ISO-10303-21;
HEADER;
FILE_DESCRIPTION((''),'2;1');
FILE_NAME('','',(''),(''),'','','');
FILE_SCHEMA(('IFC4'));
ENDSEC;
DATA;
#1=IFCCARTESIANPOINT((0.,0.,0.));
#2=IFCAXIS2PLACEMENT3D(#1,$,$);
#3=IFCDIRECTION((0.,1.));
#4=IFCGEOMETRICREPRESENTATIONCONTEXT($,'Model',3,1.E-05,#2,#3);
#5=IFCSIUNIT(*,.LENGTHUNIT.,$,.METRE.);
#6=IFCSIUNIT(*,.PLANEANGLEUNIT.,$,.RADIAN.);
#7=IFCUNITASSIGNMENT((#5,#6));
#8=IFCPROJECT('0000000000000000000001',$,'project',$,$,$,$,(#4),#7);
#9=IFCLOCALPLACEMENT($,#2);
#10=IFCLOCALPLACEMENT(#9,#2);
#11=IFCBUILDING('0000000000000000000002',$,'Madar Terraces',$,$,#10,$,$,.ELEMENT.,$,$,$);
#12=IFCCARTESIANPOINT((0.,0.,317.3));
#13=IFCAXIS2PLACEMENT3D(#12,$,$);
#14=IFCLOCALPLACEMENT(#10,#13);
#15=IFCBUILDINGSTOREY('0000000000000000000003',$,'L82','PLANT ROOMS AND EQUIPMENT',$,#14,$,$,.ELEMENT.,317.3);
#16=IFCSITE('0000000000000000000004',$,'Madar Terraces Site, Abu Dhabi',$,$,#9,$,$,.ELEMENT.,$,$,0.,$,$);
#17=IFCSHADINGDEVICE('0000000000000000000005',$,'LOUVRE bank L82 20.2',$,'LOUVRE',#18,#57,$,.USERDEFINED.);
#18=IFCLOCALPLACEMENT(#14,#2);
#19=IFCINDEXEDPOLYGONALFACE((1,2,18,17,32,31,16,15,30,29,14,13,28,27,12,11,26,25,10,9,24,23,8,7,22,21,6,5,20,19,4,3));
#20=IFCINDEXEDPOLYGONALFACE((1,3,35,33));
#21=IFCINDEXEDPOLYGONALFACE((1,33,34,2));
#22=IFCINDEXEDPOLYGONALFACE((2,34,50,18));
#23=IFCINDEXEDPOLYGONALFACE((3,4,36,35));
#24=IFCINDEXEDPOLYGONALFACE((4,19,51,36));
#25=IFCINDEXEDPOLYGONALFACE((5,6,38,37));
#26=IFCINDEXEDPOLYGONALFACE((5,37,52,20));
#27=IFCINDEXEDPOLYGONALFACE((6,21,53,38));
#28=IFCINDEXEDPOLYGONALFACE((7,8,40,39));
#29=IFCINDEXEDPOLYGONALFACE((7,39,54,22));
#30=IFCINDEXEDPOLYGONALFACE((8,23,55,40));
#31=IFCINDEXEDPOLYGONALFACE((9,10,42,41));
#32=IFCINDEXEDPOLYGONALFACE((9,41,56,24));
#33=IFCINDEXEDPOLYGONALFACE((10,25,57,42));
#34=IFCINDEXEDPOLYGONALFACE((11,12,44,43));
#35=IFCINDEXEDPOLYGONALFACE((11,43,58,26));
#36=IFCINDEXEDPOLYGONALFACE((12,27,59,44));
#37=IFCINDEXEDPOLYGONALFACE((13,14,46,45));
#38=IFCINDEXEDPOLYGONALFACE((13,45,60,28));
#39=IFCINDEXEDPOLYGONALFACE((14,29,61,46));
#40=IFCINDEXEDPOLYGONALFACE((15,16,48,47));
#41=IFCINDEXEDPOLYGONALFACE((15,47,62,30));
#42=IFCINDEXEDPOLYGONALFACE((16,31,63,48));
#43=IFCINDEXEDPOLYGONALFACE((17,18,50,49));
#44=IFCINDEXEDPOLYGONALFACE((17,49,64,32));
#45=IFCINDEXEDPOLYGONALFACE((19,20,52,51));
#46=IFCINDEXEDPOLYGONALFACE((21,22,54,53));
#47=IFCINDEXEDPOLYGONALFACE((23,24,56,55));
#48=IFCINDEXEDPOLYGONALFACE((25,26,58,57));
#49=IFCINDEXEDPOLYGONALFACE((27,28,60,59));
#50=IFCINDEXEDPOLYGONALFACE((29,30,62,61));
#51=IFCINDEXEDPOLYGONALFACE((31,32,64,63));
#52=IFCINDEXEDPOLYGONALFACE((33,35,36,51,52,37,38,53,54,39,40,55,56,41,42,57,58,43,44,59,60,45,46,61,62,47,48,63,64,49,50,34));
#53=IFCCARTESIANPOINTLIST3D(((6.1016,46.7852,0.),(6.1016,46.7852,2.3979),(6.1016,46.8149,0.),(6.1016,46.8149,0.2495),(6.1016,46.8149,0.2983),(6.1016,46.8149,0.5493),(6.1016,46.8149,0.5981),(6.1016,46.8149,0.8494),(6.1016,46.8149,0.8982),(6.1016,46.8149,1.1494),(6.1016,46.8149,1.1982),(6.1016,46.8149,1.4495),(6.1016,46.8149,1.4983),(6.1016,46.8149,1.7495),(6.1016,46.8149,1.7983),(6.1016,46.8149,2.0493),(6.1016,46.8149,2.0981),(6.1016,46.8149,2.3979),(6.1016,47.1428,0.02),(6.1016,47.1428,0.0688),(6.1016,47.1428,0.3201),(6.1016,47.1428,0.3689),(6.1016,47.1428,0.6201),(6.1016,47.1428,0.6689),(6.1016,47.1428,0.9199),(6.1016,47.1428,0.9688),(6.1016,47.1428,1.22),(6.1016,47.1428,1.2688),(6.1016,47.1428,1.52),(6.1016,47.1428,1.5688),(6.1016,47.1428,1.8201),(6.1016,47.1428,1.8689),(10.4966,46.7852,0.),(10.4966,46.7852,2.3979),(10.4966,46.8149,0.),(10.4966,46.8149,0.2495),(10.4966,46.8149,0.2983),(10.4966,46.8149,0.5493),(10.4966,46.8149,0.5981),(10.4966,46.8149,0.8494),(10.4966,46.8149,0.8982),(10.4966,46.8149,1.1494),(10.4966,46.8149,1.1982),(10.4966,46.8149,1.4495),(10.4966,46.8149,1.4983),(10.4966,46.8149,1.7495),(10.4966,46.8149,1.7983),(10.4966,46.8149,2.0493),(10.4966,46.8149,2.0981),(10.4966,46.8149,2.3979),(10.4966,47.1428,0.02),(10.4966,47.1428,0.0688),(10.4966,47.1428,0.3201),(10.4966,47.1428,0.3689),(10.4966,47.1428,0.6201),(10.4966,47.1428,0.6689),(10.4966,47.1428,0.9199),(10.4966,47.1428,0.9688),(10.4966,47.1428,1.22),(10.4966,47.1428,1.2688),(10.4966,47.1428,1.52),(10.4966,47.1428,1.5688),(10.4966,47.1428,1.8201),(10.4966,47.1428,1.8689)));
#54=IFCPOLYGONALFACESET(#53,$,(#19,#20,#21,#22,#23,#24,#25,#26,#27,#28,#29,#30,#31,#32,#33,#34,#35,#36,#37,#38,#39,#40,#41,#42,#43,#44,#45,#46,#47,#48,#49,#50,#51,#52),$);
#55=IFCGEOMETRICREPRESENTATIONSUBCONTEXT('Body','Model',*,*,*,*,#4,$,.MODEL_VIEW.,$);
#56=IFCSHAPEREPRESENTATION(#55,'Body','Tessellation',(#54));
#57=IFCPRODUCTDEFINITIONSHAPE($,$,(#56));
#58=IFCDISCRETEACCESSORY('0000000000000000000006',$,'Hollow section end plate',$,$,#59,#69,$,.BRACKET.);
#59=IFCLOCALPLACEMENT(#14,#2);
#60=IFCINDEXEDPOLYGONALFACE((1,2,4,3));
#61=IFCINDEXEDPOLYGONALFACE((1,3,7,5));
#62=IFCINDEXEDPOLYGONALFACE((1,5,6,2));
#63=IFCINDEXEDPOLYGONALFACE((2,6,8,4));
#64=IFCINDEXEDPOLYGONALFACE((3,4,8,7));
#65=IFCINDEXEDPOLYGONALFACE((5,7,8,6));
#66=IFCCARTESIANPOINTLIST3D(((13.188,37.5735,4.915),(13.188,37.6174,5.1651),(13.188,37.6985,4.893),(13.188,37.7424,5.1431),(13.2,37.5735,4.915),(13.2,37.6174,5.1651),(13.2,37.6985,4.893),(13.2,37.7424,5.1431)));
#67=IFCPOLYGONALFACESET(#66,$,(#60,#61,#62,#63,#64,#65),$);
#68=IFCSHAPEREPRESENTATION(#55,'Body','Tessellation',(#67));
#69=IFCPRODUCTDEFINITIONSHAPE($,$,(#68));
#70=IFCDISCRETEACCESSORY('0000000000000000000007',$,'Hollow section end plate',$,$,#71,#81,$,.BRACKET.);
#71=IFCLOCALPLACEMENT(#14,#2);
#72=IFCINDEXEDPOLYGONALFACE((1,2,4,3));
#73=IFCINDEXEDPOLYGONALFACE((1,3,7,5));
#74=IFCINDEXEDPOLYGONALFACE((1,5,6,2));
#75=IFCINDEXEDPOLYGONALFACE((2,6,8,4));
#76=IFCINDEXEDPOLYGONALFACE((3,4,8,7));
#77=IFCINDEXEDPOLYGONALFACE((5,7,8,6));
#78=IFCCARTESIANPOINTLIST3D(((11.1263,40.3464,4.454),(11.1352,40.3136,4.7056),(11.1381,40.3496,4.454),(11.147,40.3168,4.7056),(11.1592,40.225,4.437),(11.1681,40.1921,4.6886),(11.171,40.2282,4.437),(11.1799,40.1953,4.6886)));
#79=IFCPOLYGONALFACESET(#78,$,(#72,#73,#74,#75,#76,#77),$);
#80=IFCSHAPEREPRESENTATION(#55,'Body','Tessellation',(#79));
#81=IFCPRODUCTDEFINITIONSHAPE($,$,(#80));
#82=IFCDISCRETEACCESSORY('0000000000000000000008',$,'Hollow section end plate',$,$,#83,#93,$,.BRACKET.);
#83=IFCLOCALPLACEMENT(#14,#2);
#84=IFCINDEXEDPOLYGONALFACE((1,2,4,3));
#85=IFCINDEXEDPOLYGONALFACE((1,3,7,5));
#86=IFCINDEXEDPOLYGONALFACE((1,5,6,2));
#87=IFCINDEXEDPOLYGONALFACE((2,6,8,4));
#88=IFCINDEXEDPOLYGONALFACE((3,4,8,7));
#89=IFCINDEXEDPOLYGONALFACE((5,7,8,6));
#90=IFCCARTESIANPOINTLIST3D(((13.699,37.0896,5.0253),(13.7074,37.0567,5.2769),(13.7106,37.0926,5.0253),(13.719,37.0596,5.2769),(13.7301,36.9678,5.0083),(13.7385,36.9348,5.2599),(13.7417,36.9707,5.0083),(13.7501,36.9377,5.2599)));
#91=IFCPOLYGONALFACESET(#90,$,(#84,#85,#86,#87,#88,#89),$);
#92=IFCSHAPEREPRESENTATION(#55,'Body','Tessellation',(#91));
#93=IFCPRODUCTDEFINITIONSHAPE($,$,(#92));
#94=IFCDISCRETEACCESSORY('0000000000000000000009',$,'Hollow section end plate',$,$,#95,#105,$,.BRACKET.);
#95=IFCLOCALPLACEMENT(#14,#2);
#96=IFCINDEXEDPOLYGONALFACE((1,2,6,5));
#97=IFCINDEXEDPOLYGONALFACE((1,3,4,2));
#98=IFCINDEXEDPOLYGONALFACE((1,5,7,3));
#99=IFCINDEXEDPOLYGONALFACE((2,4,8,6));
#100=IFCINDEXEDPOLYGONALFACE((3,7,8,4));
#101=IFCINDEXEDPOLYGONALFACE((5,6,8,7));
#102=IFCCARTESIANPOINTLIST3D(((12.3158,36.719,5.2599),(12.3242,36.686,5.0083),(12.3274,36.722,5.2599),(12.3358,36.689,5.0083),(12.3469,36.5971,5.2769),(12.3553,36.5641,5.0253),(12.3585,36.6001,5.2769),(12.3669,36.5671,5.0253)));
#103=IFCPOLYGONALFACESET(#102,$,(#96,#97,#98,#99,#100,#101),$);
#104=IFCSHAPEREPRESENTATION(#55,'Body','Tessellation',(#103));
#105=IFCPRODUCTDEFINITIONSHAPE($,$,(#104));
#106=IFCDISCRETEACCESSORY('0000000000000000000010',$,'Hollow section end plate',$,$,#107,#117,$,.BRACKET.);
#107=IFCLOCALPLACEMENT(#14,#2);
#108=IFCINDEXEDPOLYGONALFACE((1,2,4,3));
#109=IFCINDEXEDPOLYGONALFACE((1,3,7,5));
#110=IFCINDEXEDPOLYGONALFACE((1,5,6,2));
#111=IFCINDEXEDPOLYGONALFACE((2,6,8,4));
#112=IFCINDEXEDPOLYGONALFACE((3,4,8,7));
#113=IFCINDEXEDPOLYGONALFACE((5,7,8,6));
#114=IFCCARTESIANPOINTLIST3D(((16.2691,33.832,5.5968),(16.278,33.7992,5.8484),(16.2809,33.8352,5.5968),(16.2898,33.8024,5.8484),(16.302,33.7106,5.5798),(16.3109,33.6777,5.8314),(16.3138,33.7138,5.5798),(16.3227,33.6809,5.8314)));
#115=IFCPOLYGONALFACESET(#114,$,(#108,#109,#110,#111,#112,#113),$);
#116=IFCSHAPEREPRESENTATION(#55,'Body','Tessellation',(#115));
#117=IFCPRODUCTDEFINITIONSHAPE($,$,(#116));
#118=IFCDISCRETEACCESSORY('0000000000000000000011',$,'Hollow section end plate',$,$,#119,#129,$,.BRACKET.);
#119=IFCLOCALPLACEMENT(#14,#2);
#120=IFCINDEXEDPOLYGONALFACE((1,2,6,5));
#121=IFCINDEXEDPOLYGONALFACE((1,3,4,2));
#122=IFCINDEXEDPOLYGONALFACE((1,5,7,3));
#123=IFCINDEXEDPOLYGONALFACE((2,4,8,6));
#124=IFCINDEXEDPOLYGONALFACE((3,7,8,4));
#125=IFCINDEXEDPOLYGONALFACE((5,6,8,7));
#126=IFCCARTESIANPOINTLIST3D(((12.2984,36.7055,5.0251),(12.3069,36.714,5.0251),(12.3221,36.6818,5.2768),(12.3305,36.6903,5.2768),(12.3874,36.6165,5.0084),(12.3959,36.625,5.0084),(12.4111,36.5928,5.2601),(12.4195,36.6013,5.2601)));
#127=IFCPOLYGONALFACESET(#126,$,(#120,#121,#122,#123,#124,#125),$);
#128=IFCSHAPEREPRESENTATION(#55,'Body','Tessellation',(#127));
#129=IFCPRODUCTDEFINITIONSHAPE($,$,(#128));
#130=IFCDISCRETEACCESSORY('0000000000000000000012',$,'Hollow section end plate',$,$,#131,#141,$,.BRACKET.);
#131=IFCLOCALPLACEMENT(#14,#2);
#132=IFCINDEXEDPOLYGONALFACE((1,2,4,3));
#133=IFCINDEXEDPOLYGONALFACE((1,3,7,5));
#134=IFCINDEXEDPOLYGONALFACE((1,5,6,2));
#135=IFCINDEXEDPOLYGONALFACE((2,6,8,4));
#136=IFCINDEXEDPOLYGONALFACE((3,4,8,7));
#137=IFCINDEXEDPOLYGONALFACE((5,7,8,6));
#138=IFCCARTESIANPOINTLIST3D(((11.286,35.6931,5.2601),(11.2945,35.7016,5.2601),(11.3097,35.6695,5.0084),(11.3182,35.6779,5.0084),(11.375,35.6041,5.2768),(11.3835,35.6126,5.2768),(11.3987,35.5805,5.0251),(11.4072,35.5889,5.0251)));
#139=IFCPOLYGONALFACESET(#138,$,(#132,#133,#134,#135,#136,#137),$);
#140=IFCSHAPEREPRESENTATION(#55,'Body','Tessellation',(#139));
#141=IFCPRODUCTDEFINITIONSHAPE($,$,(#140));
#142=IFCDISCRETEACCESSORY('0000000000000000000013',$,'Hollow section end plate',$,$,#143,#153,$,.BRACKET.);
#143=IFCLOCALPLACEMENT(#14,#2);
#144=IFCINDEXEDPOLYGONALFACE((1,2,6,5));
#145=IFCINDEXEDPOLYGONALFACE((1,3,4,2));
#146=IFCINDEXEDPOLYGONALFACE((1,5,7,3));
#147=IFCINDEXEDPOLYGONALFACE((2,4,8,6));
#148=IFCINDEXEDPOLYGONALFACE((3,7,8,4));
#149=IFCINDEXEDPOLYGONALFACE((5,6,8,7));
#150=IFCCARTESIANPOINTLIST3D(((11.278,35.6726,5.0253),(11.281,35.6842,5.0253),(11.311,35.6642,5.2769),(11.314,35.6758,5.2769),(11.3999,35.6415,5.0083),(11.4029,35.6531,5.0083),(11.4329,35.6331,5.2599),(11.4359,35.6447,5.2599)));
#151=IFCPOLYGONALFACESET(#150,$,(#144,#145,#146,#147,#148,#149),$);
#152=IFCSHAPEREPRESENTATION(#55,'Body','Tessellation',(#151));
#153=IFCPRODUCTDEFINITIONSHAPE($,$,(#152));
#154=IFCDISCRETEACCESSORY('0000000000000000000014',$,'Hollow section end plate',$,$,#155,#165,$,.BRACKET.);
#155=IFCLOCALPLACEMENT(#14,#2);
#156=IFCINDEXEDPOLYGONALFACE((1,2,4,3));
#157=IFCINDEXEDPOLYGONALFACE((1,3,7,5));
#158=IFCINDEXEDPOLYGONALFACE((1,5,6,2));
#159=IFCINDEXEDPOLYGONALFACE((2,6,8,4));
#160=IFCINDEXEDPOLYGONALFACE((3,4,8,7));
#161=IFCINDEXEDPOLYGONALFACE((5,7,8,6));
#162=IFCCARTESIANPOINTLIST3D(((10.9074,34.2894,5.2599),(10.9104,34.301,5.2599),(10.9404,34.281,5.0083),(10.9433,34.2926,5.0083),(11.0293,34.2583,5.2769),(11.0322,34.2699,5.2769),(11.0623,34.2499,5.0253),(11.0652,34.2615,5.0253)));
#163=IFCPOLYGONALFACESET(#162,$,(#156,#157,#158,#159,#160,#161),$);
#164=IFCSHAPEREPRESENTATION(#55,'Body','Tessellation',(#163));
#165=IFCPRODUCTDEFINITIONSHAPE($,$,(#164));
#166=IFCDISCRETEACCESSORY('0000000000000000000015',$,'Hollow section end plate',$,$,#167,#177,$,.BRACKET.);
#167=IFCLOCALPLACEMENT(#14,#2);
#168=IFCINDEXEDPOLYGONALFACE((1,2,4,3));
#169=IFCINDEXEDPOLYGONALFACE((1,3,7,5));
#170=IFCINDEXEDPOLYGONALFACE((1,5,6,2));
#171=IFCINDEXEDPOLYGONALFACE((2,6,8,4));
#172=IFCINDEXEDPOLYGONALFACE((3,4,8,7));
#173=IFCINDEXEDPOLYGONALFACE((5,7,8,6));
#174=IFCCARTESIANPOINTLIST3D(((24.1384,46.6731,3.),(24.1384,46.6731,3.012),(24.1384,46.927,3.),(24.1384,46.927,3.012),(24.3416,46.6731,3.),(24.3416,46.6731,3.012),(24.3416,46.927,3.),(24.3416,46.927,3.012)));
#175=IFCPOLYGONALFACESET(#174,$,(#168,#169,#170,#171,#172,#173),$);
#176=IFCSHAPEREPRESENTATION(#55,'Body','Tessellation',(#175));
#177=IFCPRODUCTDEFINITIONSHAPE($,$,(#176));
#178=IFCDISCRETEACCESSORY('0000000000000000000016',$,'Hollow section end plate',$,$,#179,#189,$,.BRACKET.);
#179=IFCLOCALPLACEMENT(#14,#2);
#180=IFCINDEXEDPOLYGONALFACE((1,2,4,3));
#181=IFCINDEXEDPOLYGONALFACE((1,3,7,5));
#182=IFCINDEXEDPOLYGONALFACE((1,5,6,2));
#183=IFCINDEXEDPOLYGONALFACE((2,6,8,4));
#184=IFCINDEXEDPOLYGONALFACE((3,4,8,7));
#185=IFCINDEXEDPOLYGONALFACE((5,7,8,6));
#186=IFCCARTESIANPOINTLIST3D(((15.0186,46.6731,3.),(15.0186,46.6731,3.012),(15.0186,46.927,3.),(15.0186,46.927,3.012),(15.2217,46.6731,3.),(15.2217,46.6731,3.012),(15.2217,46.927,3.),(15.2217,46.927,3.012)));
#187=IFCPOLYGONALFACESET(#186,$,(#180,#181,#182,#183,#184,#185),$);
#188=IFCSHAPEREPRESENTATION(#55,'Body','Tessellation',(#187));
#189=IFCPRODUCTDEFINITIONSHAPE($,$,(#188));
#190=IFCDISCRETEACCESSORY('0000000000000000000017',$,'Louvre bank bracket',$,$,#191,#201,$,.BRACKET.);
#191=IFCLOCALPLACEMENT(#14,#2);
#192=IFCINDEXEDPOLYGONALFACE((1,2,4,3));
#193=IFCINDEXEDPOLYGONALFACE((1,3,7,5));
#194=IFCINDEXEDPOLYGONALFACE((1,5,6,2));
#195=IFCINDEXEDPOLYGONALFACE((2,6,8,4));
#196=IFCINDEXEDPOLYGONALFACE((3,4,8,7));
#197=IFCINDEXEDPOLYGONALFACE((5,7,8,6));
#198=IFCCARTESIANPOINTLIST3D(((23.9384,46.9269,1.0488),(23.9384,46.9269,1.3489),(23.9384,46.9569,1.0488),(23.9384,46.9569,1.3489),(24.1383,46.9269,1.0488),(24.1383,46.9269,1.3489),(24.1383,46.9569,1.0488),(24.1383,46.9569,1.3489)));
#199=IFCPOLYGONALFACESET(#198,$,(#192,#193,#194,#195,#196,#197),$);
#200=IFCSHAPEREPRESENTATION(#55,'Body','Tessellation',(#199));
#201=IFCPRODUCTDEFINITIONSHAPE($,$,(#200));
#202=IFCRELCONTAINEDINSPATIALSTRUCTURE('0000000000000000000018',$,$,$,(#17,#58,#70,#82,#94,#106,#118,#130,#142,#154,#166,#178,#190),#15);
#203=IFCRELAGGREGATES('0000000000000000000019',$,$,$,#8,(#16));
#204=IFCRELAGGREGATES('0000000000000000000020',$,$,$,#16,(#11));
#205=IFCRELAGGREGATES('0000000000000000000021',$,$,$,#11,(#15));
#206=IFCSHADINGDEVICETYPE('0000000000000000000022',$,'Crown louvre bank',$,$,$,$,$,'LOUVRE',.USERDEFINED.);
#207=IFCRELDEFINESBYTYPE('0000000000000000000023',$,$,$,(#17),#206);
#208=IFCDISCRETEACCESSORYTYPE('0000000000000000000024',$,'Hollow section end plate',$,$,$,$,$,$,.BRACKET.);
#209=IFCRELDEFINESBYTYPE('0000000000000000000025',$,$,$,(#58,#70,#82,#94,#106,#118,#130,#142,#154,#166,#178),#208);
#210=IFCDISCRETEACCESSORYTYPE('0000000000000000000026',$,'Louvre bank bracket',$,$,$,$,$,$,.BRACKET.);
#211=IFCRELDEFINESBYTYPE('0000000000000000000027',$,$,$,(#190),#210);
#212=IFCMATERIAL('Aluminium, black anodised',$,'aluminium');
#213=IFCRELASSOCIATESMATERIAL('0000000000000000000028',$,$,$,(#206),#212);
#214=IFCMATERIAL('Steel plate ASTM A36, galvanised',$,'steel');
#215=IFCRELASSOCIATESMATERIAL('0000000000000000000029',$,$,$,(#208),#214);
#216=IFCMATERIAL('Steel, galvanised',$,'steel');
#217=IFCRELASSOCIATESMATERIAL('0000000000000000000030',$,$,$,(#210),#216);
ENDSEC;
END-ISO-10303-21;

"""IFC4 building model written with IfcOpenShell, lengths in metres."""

from ifc_helpers import new_model, si_unit, direction, frame, origin, origin_2d, place, context, subcontext, project, spatial, polyline, rectangle, outline, extrude, material, type_object, element, save


model = new_model("IFC4")

# Units and contexts
model_context = context("Model", 3, precision=1e-05, world=origin(), true_north=direction((0.0, 1.0)))
body_context = subcontext(model_context, "Body", "Model", "MODEL_VIEW")
ifc_project = project(units=[si_unit("LENGTHUNIT", "METRE"), si_unit("PLANEANGLEUNIT", "RADIAN")], contexts=[model_context])

# Site, building, storey
site_placement = place(None, origin())
site = spatial("IfcSite", under=ifc_project, at=site_placement, Name="Madar Terraces Site, Abu Dhabi", CompositionType="ELEMENT", RefElevation=0.0)
building_placement = place(site_placement, origin())
building = spatial("IfcBuilding", under=site, at=building_placement, Name="Madar Terraces", CompositionType="ELEMENT")
storey_placement = place(building_placement, frame((0.0, 0.0, 317.3)))
storey = spatial("IfcBuildingStorey", under=building, at=storey_placement, Name="L82", Description="PLANT ROOMS AND EQUIPMENT", CompositionType="ELEMENT", Elevation=317.3)

# Shading device
ifc_material_1 = material(Name="Aluminium, black anodised", Category="aluminium")
shading_device_type = type_object("IfcShadingDeviceType", Name="Crown louvre bank", ElementType="LOUVRE", PredefinedType="USERDEFINED", material=ifc_material_1)
shading_device_1_placement = place(storey_placement, frame((10.4966, 46.8, 0.0), z_axis=(-1.0, 0.0, 0.0), x_axis=(0.0, -1.0, 0.0)))
element("IfcShadingDevice", 1, at=shading_device_1_placement, inside=storey, type_object=shading_device_type, Name="LOUVRE bank L82 20.2", ObjectType="LOUVRE", PredefinedType="USERDEFINED", context=body_context, shape_type="SweptSolid", body=[
    extrude(outline(polyline([(0.0149, 0.0), (-0.0149, 0.0), (-0.0149, 0.2495), (-0.3428, 0.02), (-0.3428, 0.0688), (-0.0149, 0.2983), (-0.0149, 0.5493), (-0.3428, 0.3201), (-0.3428, 0.3689), (-0.0149, 0.5981), (-0.0149, 0.8494), (-0.3428, 0.6201), (-0.3428, 0.6689), (-0.0149, 0.8982), (-0.0149, 1.1494), (-0.3428, 0.9199), (-0.3428, 0.9688), (-0.0149, 1.1982), (-0.0149, 1.4495), (-0.3428, 1.22), (-0.3428, 1.2688), (-0.0149, 1.4983), (-0.0149, 1.7495), (-0.3428, 1.52), (-0.3428, 1.5688), (-0.0149, 1.7983), (-0.0149, 2.0493), (-0.3428, 1.8201), (-0.3428, 1.8689), (-0.0149, 2.0981), (-0.0149, 2.3979), (0.0149, 2.3979), (0.0149, 0.0)])), origin(), (0.0, 0.0, 1.0), 4.395),
])

# Discrete accessories
ifc_material_2 = material(Name="Steel plate ASTM A36, galvanised", Category="steel")
discrete_accessory_type_1 = type_object("IfcDiscreteAccessoryType", Name="Hollow section end plate", PredefinedType="BRACKET", material=ifc_material_2)
discrete_accessory_1_placement = place(storey_placement, frame((13.2, 37.658, 5.0291), z_axis=(-1.0, 0.0, 0.0), x_axis=(0.0, -0.984957, 0.172799)))
element("IfcDiscreteAccessory", 2, at=discrete_accessory_1_placement, inside=storey, type_object=discrete_accessory_type_1, Name="Hollow section end plate", PredefinedType="BRACKET", context=body_context, shape_type="SweptSolid", body=[
    extrude(rectangle(XDim=0.127, YDim=0.2539, at=origin_2d()), origin(), (0.0, 0.0, 1.0), 0.012),
])
discrete_accessory_2_placement = place(storey_placement, frame((11.1472, 40.2693, 4.5713), z_axis=(0.965226, 0.261415, 0.0), x_axis=(-0.259055, 0.95651, 0.134086)))
element("IfcDiscreteAccessory", 3, at=discrete_accessory_2_placement, inside=storey, type_object=discrete_accessory_type_1, Name="Hollow section end plate", PredefinedType="BRACKET", context=body_context, shape_type="SweptSolid", body=[
    extrude(rectangle(XDim=0.127, YDim=0.2539, at=origin_2d()), origin(), (0.0, 0.0, 1.0), 0.0122),
])
for number, where, z_axis, x_axis, name in (
    (4, (13.7188, 37.0122, 5.1426), (0.968918, 0.247383, 0.0), (-0.245149, 0.960168, 0.134086), "Hollow section end plate"),
    (5, (12.3472, 36.6445, 5.1426), (-0.968918, -0.247383, 0.0), (0.245149, -0.960168, 0.134086), "Hollow section end plate"),
):
    element("IfcDiscreteAccessory", number, at=place(storey_placement, frame(where, z_axis=z_axis, x_axis=x_axis)), inside=storey, type_object=discrete_accessory_type_1, Name=name, PredefinedType="BRACKET", context=body_context, shape_type="SweptSolid", body=[
        extrude(rectangle(XDim=0.127, YDim=0.2539, at=origin_2d()), origin(), (0.0, 0.0, 1.0), 0.012),
    ])
discrete_accessory_3_placement = place(storey_placement, frame((16.29, 33.7549, 5.7141), z_axis=(0.965226, 0.261415, 0.0), x_axis=(-0.259055, 0.95651, 0.134086)))
element("IfcDiscreteAccessory", 6, at=discrete_accessory_3_placement, inside=storey, type_object=discrete_accessory_type_1, Name="Hollow section end plate", PredefinedType="BRACKET", context=body_context, shape_type="SweptSolid", body=[
    extrude(rectangle(XDim=0.127, YDim=0.2539, at=origin_2d()), origin(), (0.0, 0.0, 1.0), 0.0122),
])
for number, where, z_axis, x_axis, name in (
    (7, (12.3547, 36.6492, 5.1426), (0.707107, 0.707107, 0.0), (-0.700941, 0.700941, 0.131765), "Hollow section end plate"),
    (8, (11.3508, 35.6453, 5.1426), (-0.707107, -0.707107, 0.0), (0.700941, -0.700941, 0.131765), "Hollow section end plate"),
    (9, (11.3555, 35.6528, 5.1426), (0.247383, 0.968918, 0.0), (-0.960168, 0.245149, 0.134086), "Hollow section end plate"),
    (10, (10.9878, 34.2812, 5.1426), (-0.247383, -0.968918, 0.0), (0.960168, -0.245149, 0.134086), "Hollow section end plate"),
):
    element("IfcDiscreteAccessory", number, at=place(storey_placement, frame(where, z_axis=z_axis, x_axis=x_axis)), inside=storey, type_object=discrete_accessory_type_1, Name=name, PredefinedType="BRACKET", context=body_context, shape_type="SweptSolid", body=[
        extrude(rectangle(XDim=0.127, YDim=0.2539, at=origin_2d()), origin(), (0.0, 0.0, 1.0), 0.012),
    ])
for number, where, z_axis, x_axis, name in (
    (11, (24.24, 46.8, 3.0), (0.0, 0.0, 1.0), (1.0, 0.0, 0.0), "Hollow section end plate"),
    (12, (15.1201, 46.8, 3.0), (0.0, 0.0, 1.0), (1.0, 0.0, 0.0), "Hollow section end plate"),
):
    element("IfcDiscreteAccessory", number, at=place(storey_placement, frame(where, z_axis=z_axis, x_axis=x_axis)), inside=storey, type_object=discrete_accessory_type_1, Name=name, PredefinedType="BRACKET", context=body_context, shape_type="SweptSolid", body=[
        extrude(rectangle(XDim=0.2031, YDim=0.2539, at=origin_2d()), origin(), (0.0, 0.0, 1.0), 0.012),
    ])
ifc_material_3 = material(Name="Steel, galvanised", Category="steel")
discrete_accessory_type_2 = type_object("IfcDiscreteAccessoryType", Name="Louvre bank bracket", PredefinedType="BRACKET", material=ifc_material_3)
for number, where, z_axis, x_axis, name in (
    (13, (24.0383, 46.9419, 1.0488), (0.0, 0.0, 1.0), (-1.0, 0.0, 0.0), "Louvre bank bracket"),
):
    element("IfcDiscreteAccessory", number, at=place(storey_placement, frame(where, z_axis=z_axis, x_axis=x_axis)), inside=storey, type_object=discrete_accessory_type_2, Name=name, PredefinedType="BRACKET", context=body_context, shape_type="SweptSolid", body=[
        extrude(rectangle(XDim=0.2, YDim=0.03, at=origin_2d()), origin(), (0.0, 0.0, 1.0), 0.3),
    ])

save(model, "model.ifc")
